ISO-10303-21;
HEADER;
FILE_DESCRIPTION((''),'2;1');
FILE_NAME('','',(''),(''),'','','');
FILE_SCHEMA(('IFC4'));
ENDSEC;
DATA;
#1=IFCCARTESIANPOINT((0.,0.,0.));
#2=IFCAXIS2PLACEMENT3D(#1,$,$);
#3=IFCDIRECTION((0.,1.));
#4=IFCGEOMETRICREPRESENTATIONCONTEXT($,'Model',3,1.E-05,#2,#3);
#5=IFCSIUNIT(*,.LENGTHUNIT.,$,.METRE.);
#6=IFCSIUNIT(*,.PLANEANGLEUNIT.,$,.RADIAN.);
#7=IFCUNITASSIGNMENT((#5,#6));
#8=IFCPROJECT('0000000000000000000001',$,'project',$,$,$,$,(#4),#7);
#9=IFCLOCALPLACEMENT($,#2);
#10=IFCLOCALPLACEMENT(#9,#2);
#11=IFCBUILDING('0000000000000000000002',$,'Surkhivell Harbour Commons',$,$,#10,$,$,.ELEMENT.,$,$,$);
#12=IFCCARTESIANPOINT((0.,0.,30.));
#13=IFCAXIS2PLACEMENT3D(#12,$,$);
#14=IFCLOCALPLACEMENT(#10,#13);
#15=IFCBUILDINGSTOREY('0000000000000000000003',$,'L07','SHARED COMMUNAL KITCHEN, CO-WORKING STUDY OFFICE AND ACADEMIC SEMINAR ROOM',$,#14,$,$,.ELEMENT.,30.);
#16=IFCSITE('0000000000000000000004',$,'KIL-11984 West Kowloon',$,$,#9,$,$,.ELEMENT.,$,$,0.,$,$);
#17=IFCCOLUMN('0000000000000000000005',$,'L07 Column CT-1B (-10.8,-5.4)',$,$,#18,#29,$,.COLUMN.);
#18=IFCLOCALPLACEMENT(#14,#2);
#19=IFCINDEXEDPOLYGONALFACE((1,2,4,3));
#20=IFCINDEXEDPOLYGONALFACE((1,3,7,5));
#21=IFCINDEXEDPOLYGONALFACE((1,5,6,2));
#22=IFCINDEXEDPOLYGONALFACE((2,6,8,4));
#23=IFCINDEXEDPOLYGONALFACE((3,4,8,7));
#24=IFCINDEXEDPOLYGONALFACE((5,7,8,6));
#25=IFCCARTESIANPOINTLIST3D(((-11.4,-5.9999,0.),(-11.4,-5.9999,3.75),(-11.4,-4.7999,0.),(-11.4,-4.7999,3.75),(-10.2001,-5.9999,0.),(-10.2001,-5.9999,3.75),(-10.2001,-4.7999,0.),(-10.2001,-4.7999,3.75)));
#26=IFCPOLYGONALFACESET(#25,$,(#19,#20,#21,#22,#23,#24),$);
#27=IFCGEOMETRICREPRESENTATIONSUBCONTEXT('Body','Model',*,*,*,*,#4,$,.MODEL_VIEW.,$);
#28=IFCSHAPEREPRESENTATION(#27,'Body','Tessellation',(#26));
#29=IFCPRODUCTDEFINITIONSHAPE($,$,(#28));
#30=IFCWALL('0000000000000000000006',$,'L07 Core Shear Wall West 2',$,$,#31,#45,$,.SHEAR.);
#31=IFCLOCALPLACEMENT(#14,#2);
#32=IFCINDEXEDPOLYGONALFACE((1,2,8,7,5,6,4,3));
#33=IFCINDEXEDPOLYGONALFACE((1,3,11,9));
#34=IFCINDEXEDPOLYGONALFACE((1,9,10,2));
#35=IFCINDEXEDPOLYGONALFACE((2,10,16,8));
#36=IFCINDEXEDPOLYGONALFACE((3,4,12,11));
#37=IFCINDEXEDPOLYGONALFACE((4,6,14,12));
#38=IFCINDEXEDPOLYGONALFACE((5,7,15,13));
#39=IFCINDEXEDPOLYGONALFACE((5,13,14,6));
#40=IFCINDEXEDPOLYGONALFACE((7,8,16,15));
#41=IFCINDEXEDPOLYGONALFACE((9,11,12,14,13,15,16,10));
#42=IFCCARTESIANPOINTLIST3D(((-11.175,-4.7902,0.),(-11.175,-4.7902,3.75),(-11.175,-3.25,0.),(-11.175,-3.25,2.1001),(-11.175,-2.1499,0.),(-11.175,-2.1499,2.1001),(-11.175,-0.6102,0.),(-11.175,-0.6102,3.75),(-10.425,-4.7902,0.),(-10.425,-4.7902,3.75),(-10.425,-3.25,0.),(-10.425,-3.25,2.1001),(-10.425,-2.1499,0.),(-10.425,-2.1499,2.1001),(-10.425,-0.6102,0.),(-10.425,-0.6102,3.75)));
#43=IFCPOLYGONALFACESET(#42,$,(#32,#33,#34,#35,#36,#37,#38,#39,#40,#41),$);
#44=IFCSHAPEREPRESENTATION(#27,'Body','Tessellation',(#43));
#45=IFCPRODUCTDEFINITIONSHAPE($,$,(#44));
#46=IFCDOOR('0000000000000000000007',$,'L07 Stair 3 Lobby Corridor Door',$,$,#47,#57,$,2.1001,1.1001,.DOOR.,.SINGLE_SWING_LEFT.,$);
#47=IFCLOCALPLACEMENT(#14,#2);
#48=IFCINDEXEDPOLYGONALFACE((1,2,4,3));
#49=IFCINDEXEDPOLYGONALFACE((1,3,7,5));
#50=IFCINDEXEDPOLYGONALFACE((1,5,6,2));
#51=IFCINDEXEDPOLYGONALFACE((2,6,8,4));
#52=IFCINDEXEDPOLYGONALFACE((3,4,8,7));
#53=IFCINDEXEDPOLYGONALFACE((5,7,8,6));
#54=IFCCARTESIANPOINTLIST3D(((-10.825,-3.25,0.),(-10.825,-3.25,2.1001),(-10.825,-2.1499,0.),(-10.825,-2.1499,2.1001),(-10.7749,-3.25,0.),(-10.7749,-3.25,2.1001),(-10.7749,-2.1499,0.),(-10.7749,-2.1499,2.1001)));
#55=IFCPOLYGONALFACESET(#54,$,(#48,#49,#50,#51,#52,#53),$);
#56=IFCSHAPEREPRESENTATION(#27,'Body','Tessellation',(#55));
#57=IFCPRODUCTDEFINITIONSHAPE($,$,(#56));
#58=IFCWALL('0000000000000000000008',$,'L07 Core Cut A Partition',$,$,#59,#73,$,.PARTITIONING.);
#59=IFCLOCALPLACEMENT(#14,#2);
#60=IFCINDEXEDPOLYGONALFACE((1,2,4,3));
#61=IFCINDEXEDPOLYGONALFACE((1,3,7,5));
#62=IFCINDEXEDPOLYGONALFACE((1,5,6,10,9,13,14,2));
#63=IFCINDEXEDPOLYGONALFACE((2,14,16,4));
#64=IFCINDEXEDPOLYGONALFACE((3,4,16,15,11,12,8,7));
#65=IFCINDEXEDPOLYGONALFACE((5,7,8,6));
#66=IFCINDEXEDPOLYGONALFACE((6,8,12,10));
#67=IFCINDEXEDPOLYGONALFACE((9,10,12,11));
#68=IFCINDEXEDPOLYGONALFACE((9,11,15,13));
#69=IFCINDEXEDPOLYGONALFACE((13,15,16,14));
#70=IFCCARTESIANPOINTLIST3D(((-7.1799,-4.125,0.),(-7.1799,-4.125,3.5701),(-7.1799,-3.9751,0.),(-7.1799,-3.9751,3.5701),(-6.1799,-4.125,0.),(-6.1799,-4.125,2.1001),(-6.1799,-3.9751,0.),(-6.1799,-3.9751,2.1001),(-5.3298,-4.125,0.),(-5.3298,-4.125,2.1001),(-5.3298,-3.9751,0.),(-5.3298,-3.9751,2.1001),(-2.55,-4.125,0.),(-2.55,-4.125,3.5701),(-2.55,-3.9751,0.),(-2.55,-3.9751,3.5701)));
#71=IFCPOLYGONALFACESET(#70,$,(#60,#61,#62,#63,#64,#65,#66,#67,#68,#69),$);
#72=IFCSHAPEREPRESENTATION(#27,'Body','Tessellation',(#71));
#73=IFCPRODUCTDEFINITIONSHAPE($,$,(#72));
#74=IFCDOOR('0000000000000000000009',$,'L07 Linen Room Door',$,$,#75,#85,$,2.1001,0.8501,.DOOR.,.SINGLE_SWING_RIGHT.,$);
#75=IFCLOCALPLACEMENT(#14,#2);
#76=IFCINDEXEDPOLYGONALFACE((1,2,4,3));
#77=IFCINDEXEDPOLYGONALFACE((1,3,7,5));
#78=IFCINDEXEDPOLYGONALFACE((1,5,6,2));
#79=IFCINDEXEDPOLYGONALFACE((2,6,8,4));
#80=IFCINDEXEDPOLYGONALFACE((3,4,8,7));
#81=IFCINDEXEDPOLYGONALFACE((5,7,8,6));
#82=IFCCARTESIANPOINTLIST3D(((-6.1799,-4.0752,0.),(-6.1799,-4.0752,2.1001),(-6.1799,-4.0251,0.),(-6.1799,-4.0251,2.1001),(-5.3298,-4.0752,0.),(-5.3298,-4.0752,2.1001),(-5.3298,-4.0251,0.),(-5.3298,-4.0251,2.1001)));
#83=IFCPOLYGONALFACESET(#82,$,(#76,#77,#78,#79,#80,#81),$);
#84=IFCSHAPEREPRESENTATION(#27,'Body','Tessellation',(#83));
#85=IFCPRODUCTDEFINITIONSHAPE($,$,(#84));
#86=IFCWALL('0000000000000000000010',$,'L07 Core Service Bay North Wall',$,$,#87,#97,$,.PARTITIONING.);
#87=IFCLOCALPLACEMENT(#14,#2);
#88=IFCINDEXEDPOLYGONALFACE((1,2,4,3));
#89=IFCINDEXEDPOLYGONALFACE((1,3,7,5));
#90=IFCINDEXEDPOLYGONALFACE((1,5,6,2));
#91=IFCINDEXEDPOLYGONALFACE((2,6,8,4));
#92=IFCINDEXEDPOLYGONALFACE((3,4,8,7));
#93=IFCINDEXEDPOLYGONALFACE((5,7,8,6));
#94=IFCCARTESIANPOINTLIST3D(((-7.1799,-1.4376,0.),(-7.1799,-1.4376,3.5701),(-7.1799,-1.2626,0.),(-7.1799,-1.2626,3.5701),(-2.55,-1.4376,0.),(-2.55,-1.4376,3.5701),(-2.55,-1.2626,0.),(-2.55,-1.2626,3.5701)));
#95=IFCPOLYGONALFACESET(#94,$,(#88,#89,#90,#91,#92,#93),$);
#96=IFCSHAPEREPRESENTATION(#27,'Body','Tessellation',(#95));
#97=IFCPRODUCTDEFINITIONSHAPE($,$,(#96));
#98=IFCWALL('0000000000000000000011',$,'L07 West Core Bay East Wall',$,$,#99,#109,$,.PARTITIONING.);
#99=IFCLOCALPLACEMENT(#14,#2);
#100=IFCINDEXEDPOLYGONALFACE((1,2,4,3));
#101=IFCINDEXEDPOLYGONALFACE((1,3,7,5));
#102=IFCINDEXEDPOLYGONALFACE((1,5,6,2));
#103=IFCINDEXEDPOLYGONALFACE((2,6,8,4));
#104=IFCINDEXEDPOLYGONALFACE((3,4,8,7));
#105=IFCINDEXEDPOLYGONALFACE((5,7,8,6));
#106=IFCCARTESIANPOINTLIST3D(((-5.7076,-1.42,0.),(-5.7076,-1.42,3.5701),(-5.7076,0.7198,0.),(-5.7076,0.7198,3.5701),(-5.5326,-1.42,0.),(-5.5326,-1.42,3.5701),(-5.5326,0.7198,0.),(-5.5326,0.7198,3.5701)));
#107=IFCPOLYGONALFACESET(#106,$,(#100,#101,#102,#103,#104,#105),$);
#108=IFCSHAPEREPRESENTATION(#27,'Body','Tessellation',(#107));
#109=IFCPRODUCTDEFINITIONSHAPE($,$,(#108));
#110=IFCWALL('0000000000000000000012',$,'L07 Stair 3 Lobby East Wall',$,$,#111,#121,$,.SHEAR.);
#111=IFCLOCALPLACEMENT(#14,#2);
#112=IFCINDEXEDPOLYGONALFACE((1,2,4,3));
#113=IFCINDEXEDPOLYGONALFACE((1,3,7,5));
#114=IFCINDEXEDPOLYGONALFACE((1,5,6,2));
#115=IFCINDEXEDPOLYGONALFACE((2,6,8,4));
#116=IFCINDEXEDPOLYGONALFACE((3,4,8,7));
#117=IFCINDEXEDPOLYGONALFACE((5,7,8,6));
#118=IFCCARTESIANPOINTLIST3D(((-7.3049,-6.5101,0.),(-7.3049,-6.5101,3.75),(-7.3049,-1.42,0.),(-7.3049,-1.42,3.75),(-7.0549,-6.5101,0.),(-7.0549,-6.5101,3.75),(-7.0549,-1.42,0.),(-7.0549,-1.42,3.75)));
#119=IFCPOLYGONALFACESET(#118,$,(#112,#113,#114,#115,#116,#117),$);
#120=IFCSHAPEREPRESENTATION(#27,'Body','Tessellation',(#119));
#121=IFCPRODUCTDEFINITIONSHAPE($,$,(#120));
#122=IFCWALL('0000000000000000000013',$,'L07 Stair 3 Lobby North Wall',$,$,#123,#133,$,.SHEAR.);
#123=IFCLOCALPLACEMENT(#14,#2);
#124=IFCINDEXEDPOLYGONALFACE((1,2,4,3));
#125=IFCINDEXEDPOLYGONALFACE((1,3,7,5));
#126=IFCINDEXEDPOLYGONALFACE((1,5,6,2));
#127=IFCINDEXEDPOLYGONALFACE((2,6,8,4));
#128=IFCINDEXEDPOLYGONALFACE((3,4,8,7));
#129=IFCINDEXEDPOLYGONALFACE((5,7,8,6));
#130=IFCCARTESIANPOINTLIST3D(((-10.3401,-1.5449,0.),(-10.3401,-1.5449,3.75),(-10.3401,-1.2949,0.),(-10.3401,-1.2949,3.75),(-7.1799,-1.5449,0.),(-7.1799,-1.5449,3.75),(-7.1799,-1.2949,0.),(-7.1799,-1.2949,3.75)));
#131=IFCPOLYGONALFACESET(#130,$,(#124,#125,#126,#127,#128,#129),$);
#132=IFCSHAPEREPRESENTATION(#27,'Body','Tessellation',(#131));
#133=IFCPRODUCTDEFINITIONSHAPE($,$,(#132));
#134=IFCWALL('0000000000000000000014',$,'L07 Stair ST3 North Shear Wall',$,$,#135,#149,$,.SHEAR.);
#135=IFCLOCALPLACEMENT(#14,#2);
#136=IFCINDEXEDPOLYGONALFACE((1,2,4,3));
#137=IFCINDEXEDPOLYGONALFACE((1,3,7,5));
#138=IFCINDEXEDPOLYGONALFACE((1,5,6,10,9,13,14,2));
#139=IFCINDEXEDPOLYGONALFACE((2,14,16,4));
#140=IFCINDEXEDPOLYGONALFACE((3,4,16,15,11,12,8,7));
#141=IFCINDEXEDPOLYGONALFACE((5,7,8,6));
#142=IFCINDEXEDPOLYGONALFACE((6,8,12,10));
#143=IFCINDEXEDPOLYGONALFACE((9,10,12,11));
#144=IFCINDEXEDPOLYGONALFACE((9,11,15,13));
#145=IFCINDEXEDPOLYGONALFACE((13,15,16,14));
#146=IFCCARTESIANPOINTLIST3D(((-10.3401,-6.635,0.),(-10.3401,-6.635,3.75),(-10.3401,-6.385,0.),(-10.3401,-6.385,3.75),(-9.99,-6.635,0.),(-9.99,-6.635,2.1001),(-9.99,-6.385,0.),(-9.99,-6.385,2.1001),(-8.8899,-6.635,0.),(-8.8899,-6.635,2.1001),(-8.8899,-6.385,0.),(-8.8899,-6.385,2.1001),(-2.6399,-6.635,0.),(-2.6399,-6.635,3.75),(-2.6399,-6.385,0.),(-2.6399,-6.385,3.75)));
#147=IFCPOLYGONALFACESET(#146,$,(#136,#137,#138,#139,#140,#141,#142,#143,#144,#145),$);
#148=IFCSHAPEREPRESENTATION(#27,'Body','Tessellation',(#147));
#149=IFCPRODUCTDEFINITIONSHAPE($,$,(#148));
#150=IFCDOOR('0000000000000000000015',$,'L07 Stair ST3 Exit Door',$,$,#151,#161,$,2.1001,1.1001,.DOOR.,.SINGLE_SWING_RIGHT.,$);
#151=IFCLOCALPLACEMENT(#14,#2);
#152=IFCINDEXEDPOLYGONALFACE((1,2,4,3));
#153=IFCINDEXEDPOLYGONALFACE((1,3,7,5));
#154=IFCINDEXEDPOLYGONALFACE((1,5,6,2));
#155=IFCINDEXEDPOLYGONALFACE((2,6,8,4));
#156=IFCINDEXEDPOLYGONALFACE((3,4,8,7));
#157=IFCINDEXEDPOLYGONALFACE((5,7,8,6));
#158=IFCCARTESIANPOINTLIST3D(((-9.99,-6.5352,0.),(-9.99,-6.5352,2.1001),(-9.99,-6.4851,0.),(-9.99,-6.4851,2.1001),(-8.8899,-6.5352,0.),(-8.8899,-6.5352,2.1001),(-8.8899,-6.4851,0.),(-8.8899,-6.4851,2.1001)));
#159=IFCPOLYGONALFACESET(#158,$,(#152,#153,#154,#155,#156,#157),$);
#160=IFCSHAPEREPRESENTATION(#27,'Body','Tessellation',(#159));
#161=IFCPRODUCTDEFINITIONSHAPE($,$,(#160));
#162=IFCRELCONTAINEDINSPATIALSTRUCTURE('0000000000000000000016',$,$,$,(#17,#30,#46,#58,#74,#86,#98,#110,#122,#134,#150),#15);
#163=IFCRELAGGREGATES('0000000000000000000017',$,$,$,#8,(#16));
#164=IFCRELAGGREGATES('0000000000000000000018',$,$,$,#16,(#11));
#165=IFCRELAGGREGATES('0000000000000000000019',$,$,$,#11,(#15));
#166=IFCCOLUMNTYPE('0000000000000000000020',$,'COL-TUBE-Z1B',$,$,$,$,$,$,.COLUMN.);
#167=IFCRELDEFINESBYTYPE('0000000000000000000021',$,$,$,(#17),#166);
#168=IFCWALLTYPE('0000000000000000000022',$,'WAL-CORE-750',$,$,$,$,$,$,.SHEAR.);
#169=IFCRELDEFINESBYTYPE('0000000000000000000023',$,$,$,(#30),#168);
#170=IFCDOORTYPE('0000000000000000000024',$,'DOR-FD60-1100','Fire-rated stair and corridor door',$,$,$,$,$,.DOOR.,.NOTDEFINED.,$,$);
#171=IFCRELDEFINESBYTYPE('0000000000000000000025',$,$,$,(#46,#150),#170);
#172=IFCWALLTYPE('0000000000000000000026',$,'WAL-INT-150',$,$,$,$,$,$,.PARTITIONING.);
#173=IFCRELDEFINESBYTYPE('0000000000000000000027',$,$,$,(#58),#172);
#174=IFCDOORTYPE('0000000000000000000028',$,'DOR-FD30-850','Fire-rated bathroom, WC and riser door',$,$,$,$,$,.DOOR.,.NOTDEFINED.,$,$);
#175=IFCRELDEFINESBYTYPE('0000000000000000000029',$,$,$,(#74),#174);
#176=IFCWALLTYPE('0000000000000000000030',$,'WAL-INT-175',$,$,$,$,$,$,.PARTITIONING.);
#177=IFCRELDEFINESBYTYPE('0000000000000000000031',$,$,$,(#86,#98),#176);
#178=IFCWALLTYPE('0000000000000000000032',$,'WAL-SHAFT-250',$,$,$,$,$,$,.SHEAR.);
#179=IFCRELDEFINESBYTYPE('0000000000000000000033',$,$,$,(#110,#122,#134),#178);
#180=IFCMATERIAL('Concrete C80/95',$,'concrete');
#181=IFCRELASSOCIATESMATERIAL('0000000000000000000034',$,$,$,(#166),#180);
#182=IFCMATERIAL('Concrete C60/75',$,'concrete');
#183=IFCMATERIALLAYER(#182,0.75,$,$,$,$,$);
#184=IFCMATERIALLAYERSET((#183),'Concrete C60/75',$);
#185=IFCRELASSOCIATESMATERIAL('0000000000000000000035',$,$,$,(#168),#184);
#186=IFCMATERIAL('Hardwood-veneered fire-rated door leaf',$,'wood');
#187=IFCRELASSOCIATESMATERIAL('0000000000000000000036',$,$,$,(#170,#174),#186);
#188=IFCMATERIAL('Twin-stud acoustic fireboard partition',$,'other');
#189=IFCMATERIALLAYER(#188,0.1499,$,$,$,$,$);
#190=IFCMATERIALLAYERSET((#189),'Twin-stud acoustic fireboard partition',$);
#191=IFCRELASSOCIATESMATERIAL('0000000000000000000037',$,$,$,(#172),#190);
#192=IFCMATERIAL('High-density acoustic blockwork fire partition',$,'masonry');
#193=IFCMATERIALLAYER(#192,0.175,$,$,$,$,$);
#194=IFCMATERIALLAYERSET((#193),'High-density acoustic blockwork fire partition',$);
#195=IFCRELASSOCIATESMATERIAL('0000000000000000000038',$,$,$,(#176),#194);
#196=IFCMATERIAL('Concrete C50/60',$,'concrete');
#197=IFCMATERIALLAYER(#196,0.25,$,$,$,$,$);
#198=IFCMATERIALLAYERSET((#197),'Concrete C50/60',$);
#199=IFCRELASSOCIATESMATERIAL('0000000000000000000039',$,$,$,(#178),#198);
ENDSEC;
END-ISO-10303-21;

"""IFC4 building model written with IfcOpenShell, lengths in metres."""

from ifc_helpers import new_model, si_unit, direction, frame, frame_2d, origin, origin_2d, place, context, subcontext, project, spatial, rectangle, extrude, material, layer, layer_set, material_profile, profile_set, type_object, element, fill, save


model = new_model("IFC4")

# Units and contexts
model_context = context("Model", 3, precision=1e-05, world=origin(), true_north=direction((0.0, 1.0)))
body_context = subcontext(model_context, "Body", "Model", "MODEL_VIEW")
ifc_project = project(units=[si_unit("LENGTHUNIT", "METRE"), si_unit("PLANEANGLEUNIT", "RADIAN")], contexts=[model_context])

# Site, building, storey
site_placement = place(None, origin())
site = spatial("IfcSite", under=ifc_project, at=site_placement, Name="KIL-11984 West Kowloon", CompositionType="ELEMENT", RefElevation=0.0)
building_placement = place(site_placement, origin())
building = spatial("IfcBuilding", under=site, at=building_placement, Name="Surkhivell Harbour Commons", CompositionType="ELEMENT")
storey_placement = place(building_placement, frame((0.0, 0.0, 30.0)))
storey = spatial("IfcBuildingStorey", under=building, at=storey_placement, Name="L07", Description="SHARED COMMUNAL KITCHEN, CO-WORKING STUDY OFFICE AND ACADEMIC SEMINAR ROOM", CompositionType="ELEMENT", Elevation=30.0)

# Column
ifc_material_1 = material(Name="Concrete C80/95", Category="concrete")
ifc_material_profile = material_profile(ifc_material_1, rectangle(XDim=1.2, YDim=1.2, at=origin_2d()), Name="RC-COL-1200x1200")
ifc_profile_set = profile_set([ifc_material_profile], Name="Concrete C80/95")
column_type = type_object("IfcColumnType", Name="COL-TUBE-Z1B", PredefinedType="COLUMN", material=ifc_profile_set)
column_placement = place(storey_placement, frame((-10.8, -5.3999, 0.0), z_axis=(0.0, 0.0, 1.0), x_axis=(1.0, 0.0, 0.0)))
element("IfcColumn", 1, at=column_placement, inside=storey, type_object=column_type, Name="L07 Column CT-1B (-10.8,-5.4)", PredefinedType="COLUMN", context=body_context, shape_type="SweptSolid", body=[
    extrude(rectangle(XDim=1.2, YDim=1.2, at=origin_2d()), origin(), (0.0, 0.0, 1.0), 3.75),
])

# Walls, openings, doors
ifc_material_2 = material(Name="Concrete C60/75", Category="concrete")
ifc_layer_1 = layer(ifc_material_2, 0.75)
ifc_layer_set_1 = layer_set([ifc_layer_1], Name="Concrete C60/75")
wall_type_1 = type_object("IfcWallType", Name="WAL-CORE-750", PredefinedType="SHEAR", material=ifc_layer_set_1)
wall_1_placement = place(storey_placement, frame((-10.8, -4.79, 0.0), z_axis=(0.0, 0.0, 1.0), x_axis=(0.0, 1.0, 0.0)))
wall_1 = element("IfcWall", 2, at=wall_1_placement, inside=storey, type_object=wall_type_1, Name="L07 Core Shear Wall West 2", PredefinedType="SHEAR", context=body_context, shape_type="SweptSolid", body=[
    extrude(rectangle(XDim=4.1799, YDim=0.75, at=frame_2d((2.0898, 0.0))), origin(), (0.0, 0.0, 1.0), 3.75),
])
opening_1_placement = place(wall_1_placement, frame((1.54, 0.0, 0.0)))
opening_1 = element("IfcOpeningElement", 3, at=opening_1_placement, cuts=wall_1, PredefinedType="OPENING", context=body_context, shape_type="SweptSolid", body=[
    extrude(rectangle(XDim=1.1001, YDim=2.1001, at=frame_2d((0.55, 1.05))), frame((0.0, 0.385, 0.0), z_axis=(0.0, -1.0, 0.0), x_axis=(1.0, 0.0, 0.0)), (0.0, 0.0, 1.0), 0.77),
])
ifc_material_3 = material(Name="Hardwood-veneered fire-rated door leaf", Category="wood")
door_type_1 = type_object("IfcDoorType", Name="DOR-FD60-1100", Description="Fire-rated stair and corridor door", OperationType="NOTDEFINED", PredefinedType="DOOR", material=ifc_material_3)
door_1_placement = place(opening_1_placement, origin())
door_1 = element("IfcDoor", 4, at=door_1_placement, inside=storey, type_object=door_type_1, Name="L07 Stair 3 Lobby Corridor Door", OperationType="SINGLE_SWING_LEFT", OverallHeight=2.1001, OverallWidth=1.1001, PredefinedType="DOOR", context=body_context, shape_type="SweptSolid", body=[
    extrude(rectangle(XDim=1.1001, YDim=2.1001, at=frame_2d((0.55, 1.05))), frame((0.0, 0.0249, 0.0), z_axis=(0.0, -1.0, 0.0), x_axis=(1.0, 0.0, 0.0)), (0.0, 0.0, 1.0), 0.05),
])
fill(opening_1, door_1)
ifc_material_4 = material(Name="Twin-stud acoustic fireboard partition", Category="other")
ifc_layer_2 = layer(ifc_material_4, 0.1499)
ifc_layer_set_2 = layer_set([ifc_layer_2], Name="Twin-stud acoustic fireboard partition")
wall_type_2 = type_object("IfcWallType", Name="WAL-INT-150", PredefinedType="PARTITIONING", material=ifc_layer_set_2)
wall_2_placement = place(storey_placement, frame((-7.1799, -4.05, 0.0), z_axis=(0.0, 0.0, 1.0), x_axis=(1.0, 0.0, 0.0)))
wall_2 = element("IfcWall", 5, at=wall_2_placement, inside=storey, type_object=wall_type_2, Name="L07 Core Cut A Partition", PredefinedType="PARTITIONING", context=body_context, shape_type="SweptSolid", body=[
    extrude(rectangle(XDim=4.6299, YDim=0.1499, at=frame_2d((2.3149, 0.0))), origin(), (0.0, 0.0, 1.0), 3.5701),
])
opening_2_placement = place(wall_2_placement, frame((1.0, 0.0, 0.0)))
opening_2 = element("IfcOpeningElement", 6, at=opening_2_placement, cuts=wall_2, PredefinedType="OPENING", context=body_context, shape_type="SweptSolid", body=[
    extrude(rectangle(XDim=0.8501, YDim=2.1001, at=frame_2d((0.425, 1.05))), frame((0.0, 0.085, 0.0), z_axis=(0.0, -1.0, 0.0), x_axis=(1.0, 0.0, 0.0)), (0.0, 0.0, 1.0), 0.1699),
])
door_type_2 = type_object("IfcDoorType", Name="DOR-FD30-850", Description="Fire-rated bathroom, WC and riser door", OperationType="NOTDEFINED", PredefinedType="DOOR", material=ifc_material_3)
door_2_placement = place(opening_2_placement, origin())
door_2 = element("IfcDoor", 7, at=door_2_placement, inside=storey, type_object=door_type_2, Name="L07 Linen Room Door", OperationType="SINGLE_SWING_RIGHT", OverallHeight=2.1001, OverallWidth=0.8501, PredefinedType="DOOR", context=body_context, shape_type="SweptSolid", body=[
    extrude(rectangle(XDim=0.8501, YDim=2.1001, at=frame_2d((0.425, 1.05))), frame((0.0, 0.0249, 0.0), z_axis=(0.0, -1.0, 0.0), x_axis=(1.0, 0.0, 0.0)), (0.0, 0.0, 1.0), 0.05),
])
fill(opening_2, door_2)

# Walls
ifc_material_5 = material(Name="High-density acoustic blockwork fire partition", Category="masonry")
ifc_layer_3 = layer(ifc_material_5, 0.175)
ifc_layer_set_3 = layer_set([ifc_layer_3], Name="High-density acoustic blockwork fire partition")
wall_type_3 = type_object("IfcWallType", Name="WAL-INT-175", PredefinedType="PARTITIONING", material=ifc_layer_set_3)
wall_3_placement = place(storey_placement, frame((-7.1799, -1.3501, 0.0), z_axis=(0.0, 0.0, 1.0), x_axis=(1.0, 0.0, 0.0)))
element("IfcWall", 8, at=wall_3_placement, inside=storey, type_object=wall_type_3, Name="L07 Core Service Bay North Wall", PredefinedType="PARTITIONING", context=body_context, shape_type="SweptSolid", body=[
    extrude(rectangle(XDim=4.6299, YDim=0.175, at=frame_2d((2.3149, 0.0))), origin(), (0.0, 0.0, 1.0), 3.5701),
])
wall_4_placement = place(storey_placement, frame((-5.6201, -1.4199, 0.0), z_axis=(0.0, 0.0, 1.0), x_axis=(0.0, 1.0, 0.0)))
element("IfcWall", 9, at=wall_4_placement, inside=storey, type_object=wall_type_3, Name="L07 West Core Bay East Wall", PredefinedType="PARTITIONING", context=body_context, shape_type="SweptSolid", body=[
    extrude(rectangle(XDim=2.1399, YDim=0.175, at=frame_2d((1.0698, 0.0))), origin(), (0.0, 0.0, 1.0), 3.5701),
])
ifc_material_6 = material(Name="Concrete C50/60", Category="concrete")
ifc_layer_4 = layer(ifc_material_6, 0.25)
ifc_layer_set_4 = layer_set([ifc_layer_4], Name="Concrete C50/60")
wall_type_4 = type_object("IfcWallType", Name="WAL-SHAFT-250", PredefinedType="SHEAR", material=ifc_layer_set_4)
wall_5_placement = place(storey_placement, frame((-7.1799, -6.51, 0.0), z_axis=(0.0, 0.0, 1.0), x_axis=(0.0, 1.0, 0.0)))
element("IfcWall", 10, at=wall_5_placement, inside=storey, type_object=wall_type_4, Name="L07 Stair 3 Lobby East Wall", PredefinedType="SHEAR", context=body_context, shape_type="SweptSolid", body=[
    extrude(rectangle(XDim=5.0901, YDim=0.25, at=frame_2d((2.5449, 0.0))), origin(), (0.0, 0.0, 1.0), 3.75),
])
wall_6_placement = place(storey_placement, frame((-10.3401, -1.4199, 0.0), z_axis=(0.0, 0.0, 1.0), x_axis=(1.0, 0.0, 0.0)))
element("IfcWall", 11, at=wall_6_placement, inside=storey, type_object=wall_type_4, Name="L07 Stair 3 Lobby North Wall", PredefinedType="SHEAR", context=body_context, shape_type="SweptSolid", body=[
    extrude(rectangle(XDim=3.1602, YDim=0.25, at=frame_2d((1.5801, 0.0))), origin(), (0.0, 0.0, 1.0), 3.75),
])

# Wall, opening, door
wall_7_placement = place(storey_placement, frame((-10.3401, -6.51, 0.0), z_axis=(0.0, 0.0, 1.0), x_axis=(1.0, 0.0, 0.0)))
wall_7 = element("IfcWall", 12, at=wall_7_placement, inside=storey, type_object=wall_type_4, Name="L07 Stair ST3 North Shear Wall", PredefinedType="SHEAR", context=body_context, shape_type="SweptSolid", body=[
    extrude(rectangle(XDim=7.7002, YDim=0.25, at=frame_2d((3.8501, 0.0))), origin(), (0.0, 0.0, 1.0), 3.75),
])
opening_3_placement = place(wall_7_placement, frame((0.3501, 0.0, 0.0)))
opening_3 = element("IfcOpeningElement", 13, at=opening_3_placement, cuts=wall_7, PredefinedType="OPENING", context=body_context, shape_type="SweptSolid", body=[
    extrude(rectangle(XDim=1.1001, YDim=2.1001, at=frame_2d((0.55, 1.05))), frame((0.0, 0.135, 0.0), z_axis=(0.0, -1.0, 0.0), x_axis=(1.0, 0.0, 0.0)), (0.0, 0.0, 1.0), 0.27),
])
door_3_placement = place(opening_3_placement, origin())
door_3 = element("IfcDoor", 14, at=door_3_placement, inside=storey, type_object=door_type_1, Name="L07 Stair ST3 Exit Door", OperationType="SINGLE_SWING_RIGHT", OverallHeight=2.1001, OverallWidth=1.1001, PredefinedType="DOOR", context=body_context, shape_type="SweptSolid", body=[
    extrude(rectangle(XDim=1.1001, YDim=2.1001, at=frame_2d((0.55, 1.05))), frame((0.0, 0.0249, 0.0), z_axis=(0.0, -1.0, 0.0), x_axis=(1.0, 0.0, 0.0)), (0.0, 0.0, 1.0), 0.05),
])
fill(opening_3, door_3)

save(model, "model.ifc")
